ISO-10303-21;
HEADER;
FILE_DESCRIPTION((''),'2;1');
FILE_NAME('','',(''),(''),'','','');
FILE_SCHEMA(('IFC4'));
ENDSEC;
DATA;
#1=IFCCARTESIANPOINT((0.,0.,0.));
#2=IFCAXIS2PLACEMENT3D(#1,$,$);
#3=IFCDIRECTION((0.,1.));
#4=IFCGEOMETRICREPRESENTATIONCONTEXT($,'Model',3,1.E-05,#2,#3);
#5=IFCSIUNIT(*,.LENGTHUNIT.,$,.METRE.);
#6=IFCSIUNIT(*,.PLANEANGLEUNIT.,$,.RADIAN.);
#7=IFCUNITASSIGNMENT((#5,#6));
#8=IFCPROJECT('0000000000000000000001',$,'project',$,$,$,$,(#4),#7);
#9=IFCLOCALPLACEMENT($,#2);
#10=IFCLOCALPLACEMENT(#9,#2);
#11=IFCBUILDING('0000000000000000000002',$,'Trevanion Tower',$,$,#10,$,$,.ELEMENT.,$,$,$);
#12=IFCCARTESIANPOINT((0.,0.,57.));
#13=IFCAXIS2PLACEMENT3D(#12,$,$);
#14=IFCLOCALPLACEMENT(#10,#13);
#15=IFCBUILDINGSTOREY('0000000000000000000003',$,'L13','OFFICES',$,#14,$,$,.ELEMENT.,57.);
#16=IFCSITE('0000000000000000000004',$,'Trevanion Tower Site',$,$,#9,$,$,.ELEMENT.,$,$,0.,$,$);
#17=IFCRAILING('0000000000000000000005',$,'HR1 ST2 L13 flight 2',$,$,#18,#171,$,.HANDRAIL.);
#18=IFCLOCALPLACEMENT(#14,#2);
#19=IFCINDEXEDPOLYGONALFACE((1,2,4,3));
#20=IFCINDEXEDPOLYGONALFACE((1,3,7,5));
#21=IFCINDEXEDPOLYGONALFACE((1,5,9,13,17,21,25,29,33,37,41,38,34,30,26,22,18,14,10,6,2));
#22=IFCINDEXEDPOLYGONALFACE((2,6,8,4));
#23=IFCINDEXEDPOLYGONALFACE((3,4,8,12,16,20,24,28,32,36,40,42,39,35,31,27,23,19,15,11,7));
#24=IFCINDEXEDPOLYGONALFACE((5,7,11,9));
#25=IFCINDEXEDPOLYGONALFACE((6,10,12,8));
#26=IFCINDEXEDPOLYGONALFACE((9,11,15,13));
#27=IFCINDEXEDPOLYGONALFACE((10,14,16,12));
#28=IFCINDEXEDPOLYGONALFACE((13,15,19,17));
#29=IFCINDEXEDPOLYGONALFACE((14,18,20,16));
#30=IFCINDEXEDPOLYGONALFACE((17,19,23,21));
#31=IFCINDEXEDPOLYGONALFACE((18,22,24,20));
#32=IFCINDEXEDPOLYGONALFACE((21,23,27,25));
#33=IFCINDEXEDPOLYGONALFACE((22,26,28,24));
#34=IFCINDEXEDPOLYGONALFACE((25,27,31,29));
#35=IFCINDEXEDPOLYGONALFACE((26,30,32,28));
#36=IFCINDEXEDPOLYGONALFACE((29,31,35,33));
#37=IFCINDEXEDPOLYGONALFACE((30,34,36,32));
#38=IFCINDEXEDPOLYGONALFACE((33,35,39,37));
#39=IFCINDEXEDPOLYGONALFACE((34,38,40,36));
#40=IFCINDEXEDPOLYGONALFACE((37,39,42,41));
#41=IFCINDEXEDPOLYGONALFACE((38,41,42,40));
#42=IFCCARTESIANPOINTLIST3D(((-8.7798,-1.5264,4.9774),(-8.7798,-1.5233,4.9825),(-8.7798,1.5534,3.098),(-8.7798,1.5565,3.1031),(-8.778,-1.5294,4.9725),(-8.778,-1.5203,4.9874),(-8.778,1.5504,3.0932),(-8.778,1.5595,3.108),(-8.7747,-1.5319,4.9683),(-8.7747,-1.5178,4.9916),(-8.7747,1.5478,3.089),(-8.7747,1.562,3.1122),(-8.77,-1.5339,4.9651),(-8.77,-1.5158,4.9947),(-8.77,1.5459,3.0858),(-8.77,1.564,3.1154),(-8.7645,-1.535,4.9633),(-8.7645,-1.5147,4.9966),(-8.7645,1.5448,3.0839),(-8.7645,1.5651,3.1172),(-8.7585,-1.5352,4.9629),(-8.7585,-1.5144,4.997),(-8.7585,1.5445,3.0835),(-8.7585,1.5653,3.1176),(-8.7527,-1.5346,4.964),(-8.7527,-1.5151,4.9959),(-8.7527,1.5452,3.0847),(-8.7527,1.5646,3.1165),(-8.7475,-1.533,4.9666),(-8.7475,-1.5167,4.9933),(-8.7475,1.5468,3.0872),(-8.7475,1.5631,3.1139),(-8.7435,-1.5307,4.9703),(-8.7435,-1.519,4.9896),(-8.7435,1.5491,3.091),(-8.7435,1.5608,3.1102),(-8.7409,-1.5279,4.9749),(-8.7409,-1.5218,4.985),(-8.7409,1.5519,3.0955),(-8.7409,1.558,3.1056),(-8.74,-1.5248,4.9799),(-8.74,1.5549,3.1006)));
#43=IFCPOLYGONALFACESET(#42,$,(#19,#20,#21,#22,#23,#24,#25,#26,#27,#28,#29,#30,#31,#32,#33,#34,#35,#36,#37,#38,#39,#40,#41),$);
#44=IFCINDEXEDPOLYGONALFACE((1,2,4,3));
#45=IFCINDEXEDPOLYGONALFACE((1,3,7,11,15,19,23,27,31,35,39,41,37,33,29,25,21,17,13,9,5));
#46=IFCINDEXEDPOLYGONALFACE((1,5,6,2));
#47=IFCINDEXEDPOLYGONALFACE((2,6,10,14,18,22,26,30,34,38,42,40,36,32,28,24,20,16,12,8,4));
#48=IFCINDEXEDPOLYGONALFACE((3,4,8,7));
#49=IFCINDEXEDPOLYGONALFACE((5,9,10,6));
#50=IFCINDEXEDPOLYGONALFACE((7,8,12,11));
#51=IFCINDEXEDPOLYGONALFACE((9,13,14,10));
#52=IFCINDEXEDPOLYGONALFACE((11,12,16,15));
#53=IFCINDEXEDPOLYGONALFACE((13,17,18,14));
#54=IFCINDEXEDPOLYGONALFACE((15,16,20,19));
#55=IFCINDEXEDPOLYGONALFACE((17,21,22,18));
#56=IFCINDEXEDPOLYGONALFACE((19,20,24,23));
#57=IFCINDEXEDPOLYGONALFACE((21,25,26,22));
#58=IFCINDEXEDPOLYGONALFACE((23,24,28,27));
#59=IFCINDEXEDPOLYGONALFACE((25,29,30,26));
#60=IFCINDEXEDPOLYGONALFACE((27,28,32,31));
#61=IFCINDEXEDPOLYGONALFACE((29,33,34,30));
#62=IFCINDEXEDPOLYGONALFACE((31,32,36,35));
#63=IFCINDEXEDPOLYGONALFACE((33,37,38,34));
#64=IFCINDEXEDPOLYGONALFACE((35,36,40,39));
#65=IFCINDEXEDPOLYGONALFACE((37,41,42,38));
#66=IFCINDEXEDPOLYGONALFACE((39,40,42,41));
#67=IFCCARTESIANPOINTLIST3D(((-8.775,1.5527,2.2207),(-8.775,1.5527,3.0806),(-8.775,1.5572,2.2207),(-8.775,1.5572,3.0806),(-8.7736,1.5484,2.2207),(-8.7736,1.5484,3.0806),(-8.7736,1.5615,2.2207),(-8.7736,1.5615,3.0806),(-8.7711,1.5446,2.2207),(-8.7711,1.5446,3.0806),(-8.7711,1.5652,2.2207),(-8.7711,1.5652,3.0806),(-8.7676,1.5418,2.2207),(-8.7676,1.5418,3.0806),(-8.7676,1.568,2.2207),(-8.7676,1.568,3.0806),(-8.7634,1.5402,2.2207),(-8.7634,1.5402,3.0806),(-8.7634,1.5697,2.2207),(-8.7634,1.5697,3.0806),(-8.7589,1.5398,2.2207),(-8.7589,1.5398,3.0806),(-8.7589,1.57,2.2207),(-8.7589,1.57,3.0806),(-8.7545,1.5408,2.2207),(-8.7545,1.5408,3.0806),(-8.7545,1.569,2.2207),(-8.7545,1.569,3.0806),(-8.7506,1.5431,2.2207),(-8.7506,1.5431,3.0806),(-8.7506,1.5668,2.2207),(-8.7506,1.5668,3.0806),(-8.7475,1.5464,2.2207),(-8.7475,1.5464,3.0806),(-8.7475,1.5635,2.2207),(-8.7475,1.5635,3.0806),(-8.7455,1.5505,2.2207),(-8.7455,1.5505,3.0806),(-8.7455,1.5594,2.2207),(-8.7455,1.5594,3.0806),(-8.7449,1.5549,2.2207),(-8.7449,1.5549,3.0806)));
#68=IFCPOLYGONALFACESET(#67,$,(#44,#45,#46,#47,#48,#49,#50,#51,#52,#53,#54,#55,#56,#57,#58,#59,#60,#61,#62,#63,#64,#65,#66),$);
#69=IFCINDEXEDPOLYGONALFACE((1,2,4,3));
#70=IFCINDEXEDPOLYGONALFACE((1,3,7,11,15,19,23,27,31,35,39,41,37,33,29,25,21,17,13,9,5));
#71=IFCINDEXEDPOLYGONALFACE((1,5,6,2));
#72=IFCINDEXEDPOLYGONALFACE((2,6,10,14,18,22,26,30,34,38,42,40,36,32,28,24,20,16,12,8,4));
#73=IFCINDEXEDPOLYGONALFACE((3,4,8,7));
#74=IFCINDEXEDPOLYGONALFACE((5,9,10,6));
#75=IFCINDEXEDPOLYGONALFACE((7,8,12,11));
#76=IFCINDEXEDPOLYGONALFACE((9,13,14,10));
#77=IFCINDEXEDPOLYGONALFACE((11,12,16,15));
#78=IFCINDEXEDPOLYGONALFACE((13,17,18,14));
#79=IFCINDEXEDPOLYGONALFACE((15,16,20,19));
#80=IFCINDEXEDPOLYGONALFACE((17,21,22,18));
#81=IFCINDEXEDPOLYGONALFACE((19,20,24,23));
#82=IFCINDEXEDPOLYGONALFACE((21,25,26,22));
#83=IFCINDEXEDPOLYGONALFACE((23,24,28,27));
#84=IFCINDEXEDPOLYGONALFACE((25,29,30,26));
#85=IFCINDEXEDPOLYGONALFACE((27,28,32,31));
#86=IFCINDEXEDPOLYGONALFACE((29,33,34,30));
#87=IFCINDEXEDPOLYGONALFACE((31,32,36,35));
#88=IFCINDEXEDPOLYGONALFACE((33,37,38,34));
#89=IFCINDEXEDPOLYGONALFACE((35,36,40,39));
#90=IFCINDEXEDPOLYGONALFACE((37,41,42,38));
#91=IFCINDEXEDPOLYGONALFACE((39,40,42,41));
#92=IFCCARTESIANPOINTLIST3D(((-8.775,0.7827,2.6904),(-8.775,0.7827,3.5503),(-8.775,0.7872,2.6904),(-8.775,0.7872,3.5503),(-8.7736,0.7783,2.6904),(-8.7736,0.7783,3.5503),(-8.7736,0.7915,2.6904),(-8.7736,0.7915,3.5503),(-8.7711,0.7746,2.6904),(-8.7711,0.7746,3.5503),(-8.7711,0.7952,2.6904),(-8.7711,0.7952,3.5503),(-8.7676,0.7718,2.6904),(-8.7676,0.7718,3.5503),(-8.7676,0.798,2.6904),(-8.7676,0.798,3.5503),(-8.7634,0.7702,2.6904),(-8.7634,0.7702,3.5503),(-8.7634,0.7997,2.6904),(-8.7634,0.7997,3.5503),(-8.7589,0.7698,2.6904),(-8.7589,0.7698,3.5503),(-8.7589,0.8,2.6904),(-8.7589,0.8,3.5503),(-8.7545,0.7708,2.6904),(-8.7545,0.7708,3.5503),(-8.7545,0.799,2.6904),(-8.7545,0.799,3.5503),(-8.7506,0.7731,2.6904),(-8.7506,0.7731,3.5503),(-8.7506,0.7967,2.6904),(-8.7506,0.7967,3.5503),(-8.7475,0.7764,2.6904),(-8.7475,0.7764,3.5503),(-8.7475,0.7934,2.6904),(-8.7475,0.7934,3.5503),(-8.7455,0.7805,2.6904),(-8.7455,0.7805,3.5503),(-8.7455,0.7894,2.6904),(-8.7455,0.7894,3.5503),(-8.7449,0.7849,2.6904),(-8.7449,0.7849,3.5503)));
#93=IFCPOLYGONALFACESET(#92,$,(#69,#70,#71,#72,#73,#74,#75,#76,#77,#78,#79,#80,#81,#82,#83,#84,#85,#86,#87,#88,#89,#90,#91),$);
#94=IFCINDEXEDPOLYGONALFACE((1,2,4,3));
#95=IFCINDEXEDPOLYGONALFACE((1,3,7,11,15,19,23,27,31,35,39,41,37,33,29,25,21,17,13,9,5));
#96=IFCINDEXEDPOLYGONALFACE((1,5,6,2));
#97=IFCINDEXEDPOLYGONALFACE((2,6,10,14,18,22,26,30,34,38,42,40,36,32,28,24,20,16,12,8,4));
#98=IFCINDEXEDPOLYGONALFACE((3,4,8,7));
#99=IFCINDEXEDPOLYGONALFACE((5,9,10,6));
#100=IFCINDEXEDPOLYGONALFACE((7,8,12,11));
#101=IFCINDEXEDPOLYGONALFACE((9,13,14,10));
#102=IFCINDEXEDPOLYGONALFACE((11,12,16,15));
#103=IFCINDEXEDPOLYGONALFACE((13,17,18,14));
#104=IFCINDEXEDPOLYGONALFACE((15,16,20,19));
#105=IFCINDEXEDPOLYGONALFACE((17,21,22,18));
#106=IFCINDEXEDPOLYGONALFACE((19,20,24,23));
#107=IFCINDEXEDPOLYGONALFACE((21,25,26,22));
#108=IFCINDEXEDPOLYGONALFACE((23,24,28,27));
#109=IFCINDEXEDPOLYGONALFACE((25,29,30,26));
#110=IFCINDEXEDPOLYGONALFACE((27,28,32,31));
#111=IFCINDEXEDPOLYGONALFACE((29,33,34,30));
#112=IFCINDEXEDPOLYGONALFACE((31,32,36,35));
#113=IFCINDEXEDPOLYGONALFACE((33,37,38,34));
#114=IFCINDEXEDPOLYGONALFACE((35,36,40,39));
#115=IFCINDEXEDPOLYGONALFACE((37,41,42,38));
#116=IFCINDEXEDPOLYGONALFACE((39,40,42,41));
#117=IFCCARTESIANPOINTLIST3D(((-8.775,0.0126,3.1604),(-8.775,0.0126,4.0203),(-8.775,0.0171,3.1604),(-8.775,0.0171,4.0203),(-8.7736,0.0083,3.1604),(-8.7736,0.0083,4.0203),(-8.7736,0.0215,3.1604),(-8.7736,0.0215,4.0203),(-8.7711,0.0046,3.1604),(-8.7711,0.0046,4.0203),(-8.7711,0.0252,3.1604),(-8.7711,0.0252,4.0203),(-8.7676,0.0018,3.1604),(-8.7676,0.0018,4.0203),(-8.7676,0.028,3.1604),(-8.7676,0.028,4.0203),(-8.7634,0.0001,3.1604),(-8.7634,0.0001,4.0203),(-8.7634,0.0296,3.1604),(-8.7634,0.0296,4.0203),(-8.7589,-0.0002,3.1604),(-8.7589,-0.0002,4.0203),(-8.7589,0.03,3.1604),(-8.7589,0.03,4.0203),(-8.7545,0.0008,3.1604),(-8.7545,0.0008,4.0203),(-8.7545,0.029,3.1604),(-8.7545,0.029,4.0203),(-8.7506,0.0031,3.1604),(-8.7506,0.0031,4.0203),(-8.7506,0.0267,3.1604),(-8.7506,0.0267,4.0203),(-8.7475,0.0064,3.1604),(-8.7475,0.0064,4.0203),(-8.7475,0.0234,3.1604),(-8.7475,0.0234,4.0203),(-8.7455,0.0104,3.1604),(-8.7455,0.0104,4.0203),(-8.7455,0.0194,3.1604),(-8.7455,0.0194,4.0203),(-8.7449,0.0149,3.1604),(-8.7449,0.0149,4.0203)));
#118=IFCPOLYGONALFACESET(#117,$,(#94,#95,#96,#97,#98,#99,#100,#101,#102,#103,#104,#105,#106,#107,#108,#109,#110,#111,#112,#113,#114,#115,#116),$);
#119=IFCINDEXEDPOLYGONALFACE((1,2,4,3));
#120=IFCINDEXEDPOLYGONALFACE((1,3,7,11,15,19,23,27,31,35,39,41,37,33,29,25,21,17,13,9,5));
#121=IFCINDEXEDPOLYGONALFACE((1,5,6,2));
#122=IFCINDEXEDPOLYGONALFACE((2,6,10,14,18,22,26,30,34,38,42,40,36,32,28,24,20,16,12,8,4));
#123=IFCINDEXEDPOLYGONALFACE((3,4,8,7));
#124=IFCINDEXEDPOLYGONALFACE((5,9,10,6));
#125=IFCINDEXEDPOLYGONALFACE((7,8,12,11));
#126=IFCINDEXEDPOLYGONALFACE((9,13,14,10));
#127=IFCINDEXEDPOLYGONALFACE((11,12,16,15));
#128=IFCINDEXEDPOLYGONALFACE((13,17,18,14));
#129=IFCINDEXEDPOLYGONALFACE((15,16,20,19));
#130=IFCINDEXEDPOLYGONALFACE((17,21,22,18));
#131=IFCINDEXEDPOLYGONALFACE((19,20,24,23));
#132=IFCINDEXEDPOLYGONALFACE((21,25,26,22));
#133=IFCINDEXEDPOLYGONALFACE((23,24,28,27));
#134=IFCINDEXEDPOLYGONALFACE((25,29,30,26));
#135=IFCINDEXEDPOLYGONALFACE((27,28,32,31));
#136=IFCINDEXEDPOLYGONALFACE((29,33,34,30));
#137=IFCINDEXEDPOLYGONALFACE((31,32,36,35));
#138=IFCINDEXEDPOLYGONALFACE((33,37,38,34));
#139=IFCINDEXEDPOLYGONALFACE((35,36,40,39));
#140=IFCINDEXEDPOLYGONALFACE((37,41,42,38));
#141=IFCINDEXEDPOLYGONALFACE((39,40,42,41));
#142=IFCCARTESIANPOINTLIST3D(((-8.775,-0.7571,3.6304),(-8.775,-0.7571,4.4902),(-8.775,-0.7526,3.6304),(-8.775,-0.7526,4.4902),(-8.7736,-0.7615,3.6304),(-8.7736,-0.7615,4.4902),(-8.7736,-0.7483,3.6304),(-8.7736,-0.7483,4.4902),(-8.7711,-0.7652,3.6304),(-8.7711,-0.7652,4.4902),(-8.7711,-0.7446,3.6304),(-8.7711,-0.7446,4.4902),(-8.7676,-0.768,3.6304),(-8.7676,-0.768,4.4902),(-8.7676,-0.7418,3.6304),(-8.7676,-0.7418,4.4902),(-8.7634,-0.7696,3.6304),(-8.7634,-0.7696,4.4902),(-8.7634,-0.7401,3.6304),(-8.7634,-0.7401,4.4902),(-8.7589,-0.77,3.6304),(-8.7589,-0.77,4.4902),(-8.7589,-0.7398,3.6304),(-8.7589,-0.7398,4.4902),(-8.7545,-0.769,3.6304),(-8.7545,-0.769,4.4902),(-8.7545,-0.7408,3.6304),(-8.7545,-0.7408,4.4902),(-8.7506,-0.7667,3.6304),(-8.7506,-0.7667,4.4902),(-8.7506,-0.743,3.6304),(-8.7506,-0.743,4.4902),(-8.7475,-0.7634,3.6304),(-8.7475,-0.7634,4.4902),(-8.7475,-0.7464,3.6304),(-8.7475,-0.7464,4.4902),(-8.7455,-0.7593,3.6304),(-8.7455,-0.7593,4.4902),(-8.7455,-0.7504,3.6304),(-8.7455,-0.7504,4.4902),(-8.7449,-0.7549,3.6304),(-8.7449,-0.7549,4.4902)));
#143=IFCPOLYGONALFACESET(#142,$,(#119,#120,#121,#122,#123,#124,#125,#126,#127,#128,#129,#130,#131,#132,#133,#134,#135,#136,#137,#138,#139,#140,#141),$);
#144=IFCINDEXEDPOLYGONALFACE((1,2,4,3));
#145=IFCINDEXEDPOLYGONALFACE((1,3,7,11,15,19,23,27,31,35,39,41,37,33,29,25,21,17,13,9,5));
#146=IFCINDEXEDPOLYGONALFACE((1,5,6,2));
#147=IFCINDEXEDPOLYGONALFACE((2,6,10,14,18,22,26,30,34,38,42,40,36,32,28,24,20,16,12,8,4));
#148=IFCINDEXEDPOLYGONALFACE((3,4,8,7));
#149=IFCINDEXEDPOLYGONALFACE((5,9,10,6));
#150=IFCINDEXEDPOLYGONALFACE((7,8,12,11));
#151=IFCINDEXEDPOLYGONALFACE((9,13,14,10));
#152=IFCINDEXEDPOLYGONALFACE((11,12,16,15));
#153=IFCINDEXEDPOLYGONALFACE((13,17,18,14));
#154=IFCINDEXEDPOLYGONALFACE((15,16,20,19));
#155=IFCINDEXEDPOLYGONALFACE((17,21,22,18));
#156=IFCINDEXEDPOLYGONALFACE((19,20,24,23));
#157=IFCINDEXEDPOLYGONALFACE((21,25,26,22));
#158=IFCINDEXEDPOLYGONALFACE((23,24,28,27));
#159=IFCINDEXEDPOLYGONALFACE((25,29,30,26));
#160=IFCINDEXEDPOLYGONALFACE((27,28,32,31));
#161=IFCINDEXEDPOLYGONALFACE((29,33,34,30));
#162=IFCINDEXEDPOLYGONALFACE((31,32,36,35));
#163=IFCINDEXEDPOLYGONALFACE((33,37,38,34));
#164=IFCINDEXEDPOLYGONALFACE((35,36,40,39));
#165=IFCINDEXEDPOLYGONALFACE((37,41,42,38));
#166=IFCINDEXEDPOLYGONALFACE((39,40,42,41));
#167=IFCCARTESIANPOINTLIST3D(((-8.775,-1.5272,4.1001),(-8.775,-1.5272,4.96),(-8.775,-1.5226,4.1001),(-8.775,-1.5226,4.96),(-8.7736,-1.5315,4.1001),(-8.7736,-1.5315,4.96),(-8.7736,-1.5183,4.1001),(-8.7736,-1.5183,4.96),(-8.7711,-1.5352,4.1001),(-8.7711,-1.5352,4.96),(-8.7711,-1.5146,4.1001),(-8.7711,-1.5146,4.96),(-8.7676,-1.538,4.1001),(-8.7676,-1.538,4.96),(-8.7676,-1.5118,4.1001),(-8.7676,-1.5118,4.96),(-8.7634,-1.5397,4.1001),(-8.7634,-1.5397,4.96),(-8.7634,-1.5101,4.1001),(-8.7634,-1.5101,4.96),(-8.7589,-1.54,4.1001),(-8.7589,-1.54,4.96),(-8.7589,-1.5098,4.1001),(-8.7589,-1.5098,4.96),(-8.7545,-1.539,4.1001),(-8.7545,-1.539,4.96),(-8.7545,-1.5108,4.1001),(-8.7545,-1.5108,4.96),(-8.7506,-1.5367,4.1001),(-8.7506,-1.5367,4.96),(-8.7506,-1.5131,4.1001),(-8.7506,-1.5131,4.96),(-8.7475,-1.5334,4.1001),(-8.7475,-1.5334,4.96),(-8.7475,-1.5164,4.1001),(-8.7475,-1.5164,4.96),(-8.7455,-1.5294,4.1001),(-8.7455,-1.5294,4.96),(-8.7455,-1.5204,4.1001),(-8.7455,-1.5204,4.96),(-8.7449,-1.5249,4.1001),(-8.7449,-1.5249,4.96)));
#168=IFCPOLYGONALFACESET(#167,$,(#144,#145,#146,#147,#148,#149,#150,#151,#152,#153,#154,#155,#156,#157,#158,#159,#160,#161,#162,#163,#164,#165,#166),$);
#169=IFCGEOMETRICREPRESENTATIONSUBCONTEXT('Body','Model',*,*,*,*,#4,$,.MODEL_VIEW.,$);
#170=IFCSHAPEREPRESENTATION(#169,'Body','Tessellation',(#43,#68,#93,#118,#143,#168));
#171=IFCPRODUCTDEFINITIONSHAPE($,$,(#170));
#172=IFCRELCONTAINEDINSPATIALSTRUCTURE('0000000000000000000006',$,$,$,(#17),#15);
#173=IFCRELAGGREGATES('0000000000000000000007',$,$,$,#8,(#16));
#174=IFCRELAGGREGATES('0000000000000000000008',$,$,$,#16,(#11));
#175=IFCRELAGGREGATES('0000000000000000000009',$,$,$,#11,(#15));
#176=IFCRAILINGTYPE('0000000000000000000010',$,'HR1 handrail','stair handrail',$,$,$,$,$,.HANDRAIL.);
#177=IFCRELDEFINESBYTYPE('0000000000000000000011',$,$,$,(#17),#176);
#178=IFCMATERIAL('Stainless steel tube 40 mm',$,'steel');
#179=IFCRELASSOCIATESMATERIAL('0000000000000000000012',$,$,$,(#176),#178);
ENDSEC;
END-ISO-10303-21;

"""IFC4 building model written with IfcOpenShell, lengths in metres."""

from ifc_helpers import new_model, si_unit, direction, frame, origin, origin_2d, place, context, subcontext, project, spatial, circle, extrude, material, type_object, element, save


model = new_model("IFC4")

# Units and contexts
model_context = context("Model", 3, precision=1e-05, world=origin(), true_north=direction((0.0, 1.0)))
body_context = subcontext(model_context, "Body", "Model", "MODEL_VIEW")
ifc_project = project(units=[si_unit("LENGTHUNIT", "METRE"), si_unit("PLANEANGLEUNIT", "RADIAN")], contexts=[model_context])

# Site, building, storey
site_placement = place(None, origin())
site = spatial("IfcSite", under=ifc_project, at=site_placement, Name="Trevanion Tower Site", CompositionType="ELEMENT", RefElevation=0.0)
building_placement = place(site_placement, origin())
building = spatial("IfcBuilding", under=site, at=building_placement, Name="Trevanion Tower", CompositionType="ELEMENT")
storey_placement = place(building_placement, frame((0.0, 0.0, 57.0)))
storey = spatial("IfcBuildingStorey", under=building, at=storey_placement, Name="L13", Description="OFFICES", CompositionType="ELEMENT", Elevation=57.0)

# Railing
ifc_material_1 = material(Name="Stainless steel tube 40 mm", Category="steel")
railing_type = type_object("IfcRailingType", Name="HR1 handrail", Description="stair handrail", PredefinedType="HANDRAIL", material=ifc_material_1)
for number, where, name in (
    (1, (-8.76, 1.5549, 2.2207), "HR1 ST2 L13 flight 2"),
):
    element("IfcRailing", number, at=place(storey_placement, frame(where)), inside=storey, type_object=railing_type, Name=name, PredefinedType="HANDRAIL", context=body_context, shape_type="SweptSolid", body=[
        extrude(circle(Radius=0.02, at=origin_2d()), frame((0.0, 0.0, 0.8799), z_axis=(0.0, -0.853618, 0.5209), x_axis=(1.0, 0.0, 0.0)), (0.0, 0.0, 1.0), 3.6079),
        extrude(circle(Radius=0.0151, at=origin_2d()), origin(), (0.0, 0.0, 1.0), 0.8599),
        extrude(circle(Radius=0.0151, at=origin_2d()), frame((0.0, -0.77, 0.4697)), (0.0, 0.0, 1.0), 0.8599),
        extrude(circle(Radius=0.0151, at=origin_2d()), frame((0.0, -1.54, 0.9397)), (0.0, 0.0, 1.0), 0.8599),
        extrude(circle(Radius=0.0151, at=origin_2d()), frame((0.0, -2.3098, 1.4097)), (0.0, 0.0, 1.0), 0.8599),
        extrude(circle(Radius=0.0151, at=origin_2d()), frame((0.0, -3.0798, 1.8794)), (0.0, 0.0, 1.0), 0.8599),
    ])

save(model, "model.ifc")
